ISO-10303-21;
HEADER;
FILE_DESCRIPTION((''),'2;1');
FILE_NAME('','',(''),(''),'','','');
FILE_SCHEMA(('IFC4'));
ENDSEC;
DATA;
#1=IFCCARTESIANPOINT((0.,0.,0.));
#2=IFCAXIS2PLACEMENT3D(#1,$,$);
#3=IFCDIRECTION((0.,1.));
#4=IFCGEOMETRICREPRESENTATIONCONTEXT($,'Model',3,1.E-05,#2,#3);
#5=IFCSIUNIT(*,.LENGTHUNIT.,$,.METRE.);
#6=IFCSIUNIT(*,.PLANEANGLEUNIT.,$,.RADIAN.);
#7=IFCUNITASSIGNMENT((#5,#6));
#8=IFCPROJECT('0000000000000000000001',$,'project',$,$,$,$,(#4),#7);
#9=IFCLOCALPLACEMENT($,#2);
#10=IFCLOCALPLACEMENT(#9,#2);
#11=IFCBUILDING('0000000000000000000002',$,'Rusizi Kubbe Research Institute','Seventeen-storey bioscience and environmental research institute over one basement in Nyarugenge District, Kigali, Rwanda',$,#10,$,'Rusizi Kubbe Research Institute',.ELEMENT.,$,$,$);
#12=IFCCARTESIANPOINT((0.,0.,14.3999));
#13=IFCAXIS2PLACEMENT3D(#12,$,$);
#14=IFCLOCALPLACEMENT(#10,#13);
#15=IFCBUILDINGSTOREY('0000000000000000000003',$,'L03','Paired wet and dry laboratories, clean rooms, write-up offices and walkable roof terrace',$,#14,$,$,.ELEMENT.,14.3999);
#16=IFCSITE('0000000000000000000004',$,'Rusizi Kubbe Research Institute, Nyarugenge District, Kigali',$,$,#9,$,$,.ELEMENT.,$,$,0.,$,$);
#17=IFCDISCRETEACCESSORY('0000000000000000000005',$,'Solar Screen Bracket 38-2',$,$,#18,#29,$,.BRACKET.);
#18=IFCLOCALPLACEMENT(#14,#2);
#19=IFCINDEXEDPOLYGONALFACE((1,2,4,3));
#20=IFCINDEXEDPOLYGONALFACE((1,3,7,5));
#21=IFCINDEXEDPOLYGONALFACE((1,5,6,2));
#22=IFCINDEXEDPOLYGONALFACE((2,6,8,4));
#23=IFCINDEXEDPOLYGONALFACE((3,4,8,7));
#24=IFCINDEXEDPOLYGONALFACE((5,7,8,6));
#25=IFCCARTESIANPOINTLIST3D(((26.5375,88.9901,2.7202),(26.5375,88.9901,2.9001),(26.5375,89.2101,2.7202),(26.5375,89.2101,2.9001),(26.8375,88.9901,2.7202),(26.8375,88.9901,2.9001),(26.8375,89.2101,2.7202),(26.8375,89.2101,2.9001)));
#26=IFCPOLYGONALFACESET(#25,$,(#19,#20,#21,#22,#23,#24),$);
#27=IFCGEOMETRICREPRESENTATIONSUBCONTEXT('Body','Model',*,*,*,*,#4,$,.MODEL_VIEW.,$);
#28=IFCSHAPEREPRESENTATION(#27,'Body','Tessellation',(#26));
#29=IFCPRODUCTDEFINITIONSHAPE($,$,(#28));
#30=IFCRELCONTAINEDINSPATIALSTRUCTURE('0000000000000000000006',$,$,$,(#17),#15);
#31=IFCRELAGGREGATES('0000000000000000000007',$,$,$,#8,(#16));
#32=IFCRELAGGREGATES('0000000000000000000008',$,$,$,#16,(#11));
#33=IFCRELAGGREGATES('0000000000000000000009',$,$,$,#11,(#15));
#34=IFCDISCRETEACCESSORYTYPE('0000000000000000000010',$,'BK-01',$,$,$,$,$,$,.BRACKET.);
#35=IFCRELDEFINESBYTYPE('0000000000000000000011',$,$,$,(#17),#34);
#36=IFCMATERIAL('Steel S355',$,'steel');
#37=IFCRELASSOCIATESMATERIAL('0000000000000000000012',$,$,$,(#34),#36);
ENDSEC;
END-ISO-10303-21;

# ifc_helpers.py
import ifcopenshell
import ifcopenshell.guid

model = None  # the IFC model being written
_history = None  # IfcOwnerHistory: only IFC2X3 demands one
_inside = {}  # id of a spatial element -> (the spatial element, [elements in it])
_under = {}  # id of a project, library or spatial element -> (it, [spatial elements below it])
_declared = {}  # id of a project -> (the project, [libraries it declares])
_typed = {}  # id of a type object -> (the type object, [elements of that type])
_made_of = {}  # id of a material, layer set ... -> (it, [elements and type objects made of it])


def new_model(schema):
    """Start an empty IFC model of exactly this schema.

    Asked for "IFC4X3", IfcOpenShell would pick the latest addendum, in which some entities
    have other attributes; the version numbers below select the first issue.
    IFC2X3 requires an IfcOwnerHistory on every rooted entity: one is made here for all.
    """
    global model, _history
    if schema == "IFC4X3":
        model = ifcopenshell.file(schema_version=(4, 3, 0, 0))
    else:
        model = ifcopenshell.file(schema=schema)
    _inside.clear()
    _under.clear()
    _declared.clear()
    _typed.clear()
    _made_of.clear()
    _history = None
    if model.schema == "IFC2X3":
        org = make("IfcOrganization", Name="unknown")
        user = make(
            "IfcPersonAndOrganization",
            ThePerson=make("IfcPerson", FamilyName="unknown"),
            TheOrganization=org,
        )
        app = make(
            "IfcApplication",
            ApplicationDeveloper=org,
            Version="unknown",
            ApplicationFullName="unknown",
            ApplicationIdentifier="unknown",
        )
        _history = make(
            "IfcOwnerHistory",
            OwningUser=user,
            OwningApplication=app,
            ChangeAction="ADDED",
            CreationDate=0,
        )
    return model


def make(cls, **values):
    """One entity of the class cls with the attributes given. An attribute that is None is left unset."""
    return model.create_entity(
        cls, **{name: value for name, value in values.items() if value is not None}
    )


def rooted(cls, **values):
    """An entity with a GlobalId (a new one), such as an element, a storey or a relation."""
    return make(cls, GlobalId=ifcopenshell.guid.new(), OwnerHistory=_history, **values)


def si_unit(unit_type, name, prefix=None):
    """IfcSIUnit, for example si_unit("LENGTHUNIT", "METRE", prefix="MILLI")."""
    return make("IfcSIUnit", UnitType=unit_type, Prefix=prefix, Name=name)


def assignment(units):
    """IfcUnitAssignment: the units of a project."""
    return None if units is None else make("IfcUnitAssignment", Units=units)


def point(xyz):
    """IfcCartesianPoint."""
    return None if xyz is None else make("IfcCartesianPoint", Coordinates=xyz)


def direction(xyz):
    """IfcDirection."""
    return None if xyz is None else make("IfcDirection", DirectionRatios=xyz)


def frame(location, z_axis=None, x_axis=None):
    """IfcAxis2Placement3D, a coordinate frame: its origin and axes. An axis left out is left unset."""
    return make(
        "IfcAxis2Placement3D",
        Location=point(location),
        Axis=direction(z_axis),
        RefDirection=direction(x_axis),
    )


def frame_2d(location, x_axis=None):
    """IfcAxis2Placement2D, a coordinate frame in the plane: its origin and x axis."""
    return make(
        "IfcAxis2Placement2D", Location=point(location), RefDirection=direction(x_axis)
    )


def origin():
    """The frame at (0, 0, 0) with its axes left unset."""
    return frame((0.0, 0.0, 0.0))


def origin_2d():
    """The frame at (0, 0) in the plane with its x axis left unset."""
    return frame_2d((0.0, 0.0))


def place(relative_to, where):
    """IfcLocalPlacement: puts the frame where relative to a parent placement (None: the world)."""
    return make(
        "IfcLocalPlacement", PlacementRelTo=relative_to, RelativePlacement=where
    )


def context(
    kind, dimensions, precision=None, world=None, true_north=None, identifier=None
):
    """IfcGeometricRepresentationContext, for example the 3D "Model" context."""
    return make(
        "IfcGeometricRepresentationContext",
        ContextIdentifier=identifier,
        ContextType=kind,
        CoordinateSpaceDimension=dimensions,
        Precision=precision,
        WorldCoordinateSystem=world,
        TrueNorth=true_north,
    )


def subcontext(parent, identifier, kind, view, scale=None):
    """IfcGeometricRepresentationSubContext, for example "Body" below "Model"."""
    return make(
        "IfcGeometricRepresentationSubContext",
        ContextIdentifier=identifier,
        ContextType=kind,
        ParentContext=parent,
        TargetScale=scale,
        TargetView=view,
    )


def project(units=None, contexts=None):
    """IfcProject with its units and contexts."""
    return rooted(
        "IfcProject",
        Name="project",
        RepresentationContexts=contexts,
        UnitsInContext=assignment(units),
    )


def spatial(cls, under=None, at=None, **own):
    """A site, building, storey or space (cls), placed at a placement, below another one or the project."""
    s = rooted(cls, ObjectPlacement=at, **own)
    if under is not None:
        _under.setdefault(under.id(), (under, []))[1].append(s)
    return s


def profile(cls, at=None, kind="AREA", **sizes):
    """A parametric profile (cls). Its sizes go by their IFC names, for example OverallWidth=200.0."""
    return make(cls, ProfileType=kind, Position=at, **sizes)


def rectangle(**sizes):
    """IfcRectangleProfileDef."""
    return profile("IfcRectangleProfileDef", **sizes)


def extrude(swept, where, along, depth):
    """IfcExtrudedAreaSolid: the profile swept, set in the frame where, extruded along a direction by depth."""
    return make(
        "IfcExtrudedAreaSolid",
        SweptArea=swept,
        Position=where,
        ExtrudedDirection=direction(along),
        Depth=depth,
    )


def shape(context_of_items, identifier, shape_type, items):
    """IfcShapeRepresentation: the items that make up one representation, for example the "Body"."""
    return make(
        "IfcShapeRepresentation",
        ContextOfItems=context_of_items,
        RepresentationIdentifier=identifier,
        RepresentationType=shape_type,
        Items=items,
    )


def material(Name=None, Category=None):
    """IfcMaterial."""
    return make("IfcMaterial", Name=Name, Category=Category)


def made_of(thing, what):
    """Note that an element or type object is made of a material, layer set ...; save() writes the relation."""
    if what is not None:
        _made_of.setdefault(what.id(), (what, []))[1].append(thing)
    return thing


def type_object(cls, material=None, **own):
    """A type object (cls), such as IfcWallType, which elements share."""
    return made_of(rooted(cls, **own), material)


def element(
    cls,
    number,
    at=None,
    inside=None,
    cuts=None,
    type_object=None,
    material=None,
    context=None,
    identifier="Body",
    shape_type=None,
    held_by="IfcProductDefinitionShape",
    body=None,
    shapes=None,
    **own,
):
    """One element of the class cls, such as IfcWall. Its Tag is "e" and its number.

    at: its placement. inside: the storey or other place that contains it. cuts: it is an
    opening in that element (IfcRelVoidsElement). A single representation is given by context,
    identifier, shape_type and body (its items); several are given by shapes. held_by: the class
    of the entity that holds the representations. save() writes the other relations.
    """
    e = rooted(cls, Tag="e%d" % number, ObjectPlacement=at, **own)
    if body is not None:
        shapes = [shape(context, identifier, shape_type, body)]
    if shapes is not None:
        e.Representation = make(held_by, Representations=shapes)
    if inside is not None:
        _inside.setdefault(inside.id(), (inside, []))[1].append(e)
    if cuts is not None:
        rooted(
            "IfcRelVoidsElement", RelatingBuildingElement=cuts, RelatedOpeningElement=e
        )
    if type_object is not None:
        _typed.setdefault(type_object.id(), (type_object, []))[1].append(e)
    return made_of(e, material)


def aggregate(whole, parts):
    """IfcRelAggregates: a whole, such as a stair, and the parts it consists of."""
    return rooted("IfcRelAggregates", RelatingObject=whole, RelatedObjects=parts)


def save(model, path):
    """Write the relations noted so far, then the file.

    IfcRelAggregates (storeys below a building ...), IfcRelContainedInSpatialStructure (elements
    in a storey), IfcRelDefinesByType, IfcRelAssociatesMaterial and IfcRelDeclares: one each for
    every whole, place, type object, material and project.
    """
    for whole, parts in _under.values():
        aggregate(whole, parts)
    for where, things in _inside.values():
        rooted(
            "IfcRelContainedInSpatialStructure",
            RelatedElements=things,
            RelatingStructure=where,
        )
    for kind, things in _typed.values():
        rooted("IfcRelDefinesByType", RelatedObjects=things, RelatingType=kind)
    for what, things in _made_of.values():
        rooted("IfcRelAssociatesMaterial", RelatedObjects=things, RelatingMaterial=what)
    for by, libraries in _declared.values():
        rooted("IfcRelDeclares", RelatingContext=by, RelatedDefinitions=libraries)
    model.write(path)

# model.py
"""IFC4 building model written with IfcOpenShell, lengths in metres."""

from ifc_helpers import new_model, si_unit, direction, frame, origin, origin_2d, place, context, subcontext, project, spatial, rectangle, extrude, material, type_object, element, save


model = new_model("IFC4")

# Units and contexts
model_context = context("Model", 3, precision=1e-05, world=origin(), true_north=direction((0.0, 1.0)))
body_context = subcontext(model_context, "Body", "Model", "MODEL_VIEW")
ifc_project = project(units=[si_unit("LENGTHUNIT", "METRE"), si_unit("PLANEANGLEUNIT", "RADIAN")], contexts=[model_context])

# Site, building, storey
site_placement = place(None, origin())
site = spatial("IfcSite", under=ifc_project, at=site_placement, Name="Rusizi Kubbe Research Institute, Nyarugenge District, Kigali", CompositionType="ELEMENT", RefElevation=0.0)
building_placement = place(site_placement, origin())
building = spatial("IfcBuilding", under=site, at=building_placement, Name="Rusizi Kubbe Research Institute", Description="Seventeen-storey bioscience and environmental research institute over one basement in Nyarugenge District, Kigali, Rwanda", LongName="Rusizi Kubbe Research Institute", CompositionType="ELEMENT")
storey_placement = place(building_placement, frame((0.0, 0.0, 14.3999)))
storey = spatial("IfcBuildingStorey", under=building, at=storey_placement, Name="L03", Description="Paired wet and dry laboratories, clean rooms, write-up offices and walkable roof terrace", CompositionType="ELEMENT", Elevation=14.3999)

# Discrete accessory
ifc_material_1 = material(Name="Steel S355", Category="steel")
discrete_accessory_type = type_object("IfcDiscreteAccessoryType", Name="BK-01", PredefinedType="BRACKET", material=ifc_material_1)
for number, where, z_axis, x_axis, name in (
    (1, (26.6875, 89.1001, 2.7202), (0.0, 0.0, 1.0), (1.0, 0.0, 0.0), "Solar Screen Bracket 38-2"),
):
    element("IfcDiscreteAccessory", number, at=place(storey_placement, frame(where, z_axis=z_axis, x_axis=x_axis)), inside=storey, type_object=discrete_accessory_type, Name=name, PredefinedType="BRACKET", context=body_context, shape_type="SweptSolid", body=[
        extrude(rectangle(XDim=0.3, YDim=0.22, at=origin_2d()), origin(), (0.0, 0.0, 1.0), 0.1799),
    ])

save(model, "model.ifc")
